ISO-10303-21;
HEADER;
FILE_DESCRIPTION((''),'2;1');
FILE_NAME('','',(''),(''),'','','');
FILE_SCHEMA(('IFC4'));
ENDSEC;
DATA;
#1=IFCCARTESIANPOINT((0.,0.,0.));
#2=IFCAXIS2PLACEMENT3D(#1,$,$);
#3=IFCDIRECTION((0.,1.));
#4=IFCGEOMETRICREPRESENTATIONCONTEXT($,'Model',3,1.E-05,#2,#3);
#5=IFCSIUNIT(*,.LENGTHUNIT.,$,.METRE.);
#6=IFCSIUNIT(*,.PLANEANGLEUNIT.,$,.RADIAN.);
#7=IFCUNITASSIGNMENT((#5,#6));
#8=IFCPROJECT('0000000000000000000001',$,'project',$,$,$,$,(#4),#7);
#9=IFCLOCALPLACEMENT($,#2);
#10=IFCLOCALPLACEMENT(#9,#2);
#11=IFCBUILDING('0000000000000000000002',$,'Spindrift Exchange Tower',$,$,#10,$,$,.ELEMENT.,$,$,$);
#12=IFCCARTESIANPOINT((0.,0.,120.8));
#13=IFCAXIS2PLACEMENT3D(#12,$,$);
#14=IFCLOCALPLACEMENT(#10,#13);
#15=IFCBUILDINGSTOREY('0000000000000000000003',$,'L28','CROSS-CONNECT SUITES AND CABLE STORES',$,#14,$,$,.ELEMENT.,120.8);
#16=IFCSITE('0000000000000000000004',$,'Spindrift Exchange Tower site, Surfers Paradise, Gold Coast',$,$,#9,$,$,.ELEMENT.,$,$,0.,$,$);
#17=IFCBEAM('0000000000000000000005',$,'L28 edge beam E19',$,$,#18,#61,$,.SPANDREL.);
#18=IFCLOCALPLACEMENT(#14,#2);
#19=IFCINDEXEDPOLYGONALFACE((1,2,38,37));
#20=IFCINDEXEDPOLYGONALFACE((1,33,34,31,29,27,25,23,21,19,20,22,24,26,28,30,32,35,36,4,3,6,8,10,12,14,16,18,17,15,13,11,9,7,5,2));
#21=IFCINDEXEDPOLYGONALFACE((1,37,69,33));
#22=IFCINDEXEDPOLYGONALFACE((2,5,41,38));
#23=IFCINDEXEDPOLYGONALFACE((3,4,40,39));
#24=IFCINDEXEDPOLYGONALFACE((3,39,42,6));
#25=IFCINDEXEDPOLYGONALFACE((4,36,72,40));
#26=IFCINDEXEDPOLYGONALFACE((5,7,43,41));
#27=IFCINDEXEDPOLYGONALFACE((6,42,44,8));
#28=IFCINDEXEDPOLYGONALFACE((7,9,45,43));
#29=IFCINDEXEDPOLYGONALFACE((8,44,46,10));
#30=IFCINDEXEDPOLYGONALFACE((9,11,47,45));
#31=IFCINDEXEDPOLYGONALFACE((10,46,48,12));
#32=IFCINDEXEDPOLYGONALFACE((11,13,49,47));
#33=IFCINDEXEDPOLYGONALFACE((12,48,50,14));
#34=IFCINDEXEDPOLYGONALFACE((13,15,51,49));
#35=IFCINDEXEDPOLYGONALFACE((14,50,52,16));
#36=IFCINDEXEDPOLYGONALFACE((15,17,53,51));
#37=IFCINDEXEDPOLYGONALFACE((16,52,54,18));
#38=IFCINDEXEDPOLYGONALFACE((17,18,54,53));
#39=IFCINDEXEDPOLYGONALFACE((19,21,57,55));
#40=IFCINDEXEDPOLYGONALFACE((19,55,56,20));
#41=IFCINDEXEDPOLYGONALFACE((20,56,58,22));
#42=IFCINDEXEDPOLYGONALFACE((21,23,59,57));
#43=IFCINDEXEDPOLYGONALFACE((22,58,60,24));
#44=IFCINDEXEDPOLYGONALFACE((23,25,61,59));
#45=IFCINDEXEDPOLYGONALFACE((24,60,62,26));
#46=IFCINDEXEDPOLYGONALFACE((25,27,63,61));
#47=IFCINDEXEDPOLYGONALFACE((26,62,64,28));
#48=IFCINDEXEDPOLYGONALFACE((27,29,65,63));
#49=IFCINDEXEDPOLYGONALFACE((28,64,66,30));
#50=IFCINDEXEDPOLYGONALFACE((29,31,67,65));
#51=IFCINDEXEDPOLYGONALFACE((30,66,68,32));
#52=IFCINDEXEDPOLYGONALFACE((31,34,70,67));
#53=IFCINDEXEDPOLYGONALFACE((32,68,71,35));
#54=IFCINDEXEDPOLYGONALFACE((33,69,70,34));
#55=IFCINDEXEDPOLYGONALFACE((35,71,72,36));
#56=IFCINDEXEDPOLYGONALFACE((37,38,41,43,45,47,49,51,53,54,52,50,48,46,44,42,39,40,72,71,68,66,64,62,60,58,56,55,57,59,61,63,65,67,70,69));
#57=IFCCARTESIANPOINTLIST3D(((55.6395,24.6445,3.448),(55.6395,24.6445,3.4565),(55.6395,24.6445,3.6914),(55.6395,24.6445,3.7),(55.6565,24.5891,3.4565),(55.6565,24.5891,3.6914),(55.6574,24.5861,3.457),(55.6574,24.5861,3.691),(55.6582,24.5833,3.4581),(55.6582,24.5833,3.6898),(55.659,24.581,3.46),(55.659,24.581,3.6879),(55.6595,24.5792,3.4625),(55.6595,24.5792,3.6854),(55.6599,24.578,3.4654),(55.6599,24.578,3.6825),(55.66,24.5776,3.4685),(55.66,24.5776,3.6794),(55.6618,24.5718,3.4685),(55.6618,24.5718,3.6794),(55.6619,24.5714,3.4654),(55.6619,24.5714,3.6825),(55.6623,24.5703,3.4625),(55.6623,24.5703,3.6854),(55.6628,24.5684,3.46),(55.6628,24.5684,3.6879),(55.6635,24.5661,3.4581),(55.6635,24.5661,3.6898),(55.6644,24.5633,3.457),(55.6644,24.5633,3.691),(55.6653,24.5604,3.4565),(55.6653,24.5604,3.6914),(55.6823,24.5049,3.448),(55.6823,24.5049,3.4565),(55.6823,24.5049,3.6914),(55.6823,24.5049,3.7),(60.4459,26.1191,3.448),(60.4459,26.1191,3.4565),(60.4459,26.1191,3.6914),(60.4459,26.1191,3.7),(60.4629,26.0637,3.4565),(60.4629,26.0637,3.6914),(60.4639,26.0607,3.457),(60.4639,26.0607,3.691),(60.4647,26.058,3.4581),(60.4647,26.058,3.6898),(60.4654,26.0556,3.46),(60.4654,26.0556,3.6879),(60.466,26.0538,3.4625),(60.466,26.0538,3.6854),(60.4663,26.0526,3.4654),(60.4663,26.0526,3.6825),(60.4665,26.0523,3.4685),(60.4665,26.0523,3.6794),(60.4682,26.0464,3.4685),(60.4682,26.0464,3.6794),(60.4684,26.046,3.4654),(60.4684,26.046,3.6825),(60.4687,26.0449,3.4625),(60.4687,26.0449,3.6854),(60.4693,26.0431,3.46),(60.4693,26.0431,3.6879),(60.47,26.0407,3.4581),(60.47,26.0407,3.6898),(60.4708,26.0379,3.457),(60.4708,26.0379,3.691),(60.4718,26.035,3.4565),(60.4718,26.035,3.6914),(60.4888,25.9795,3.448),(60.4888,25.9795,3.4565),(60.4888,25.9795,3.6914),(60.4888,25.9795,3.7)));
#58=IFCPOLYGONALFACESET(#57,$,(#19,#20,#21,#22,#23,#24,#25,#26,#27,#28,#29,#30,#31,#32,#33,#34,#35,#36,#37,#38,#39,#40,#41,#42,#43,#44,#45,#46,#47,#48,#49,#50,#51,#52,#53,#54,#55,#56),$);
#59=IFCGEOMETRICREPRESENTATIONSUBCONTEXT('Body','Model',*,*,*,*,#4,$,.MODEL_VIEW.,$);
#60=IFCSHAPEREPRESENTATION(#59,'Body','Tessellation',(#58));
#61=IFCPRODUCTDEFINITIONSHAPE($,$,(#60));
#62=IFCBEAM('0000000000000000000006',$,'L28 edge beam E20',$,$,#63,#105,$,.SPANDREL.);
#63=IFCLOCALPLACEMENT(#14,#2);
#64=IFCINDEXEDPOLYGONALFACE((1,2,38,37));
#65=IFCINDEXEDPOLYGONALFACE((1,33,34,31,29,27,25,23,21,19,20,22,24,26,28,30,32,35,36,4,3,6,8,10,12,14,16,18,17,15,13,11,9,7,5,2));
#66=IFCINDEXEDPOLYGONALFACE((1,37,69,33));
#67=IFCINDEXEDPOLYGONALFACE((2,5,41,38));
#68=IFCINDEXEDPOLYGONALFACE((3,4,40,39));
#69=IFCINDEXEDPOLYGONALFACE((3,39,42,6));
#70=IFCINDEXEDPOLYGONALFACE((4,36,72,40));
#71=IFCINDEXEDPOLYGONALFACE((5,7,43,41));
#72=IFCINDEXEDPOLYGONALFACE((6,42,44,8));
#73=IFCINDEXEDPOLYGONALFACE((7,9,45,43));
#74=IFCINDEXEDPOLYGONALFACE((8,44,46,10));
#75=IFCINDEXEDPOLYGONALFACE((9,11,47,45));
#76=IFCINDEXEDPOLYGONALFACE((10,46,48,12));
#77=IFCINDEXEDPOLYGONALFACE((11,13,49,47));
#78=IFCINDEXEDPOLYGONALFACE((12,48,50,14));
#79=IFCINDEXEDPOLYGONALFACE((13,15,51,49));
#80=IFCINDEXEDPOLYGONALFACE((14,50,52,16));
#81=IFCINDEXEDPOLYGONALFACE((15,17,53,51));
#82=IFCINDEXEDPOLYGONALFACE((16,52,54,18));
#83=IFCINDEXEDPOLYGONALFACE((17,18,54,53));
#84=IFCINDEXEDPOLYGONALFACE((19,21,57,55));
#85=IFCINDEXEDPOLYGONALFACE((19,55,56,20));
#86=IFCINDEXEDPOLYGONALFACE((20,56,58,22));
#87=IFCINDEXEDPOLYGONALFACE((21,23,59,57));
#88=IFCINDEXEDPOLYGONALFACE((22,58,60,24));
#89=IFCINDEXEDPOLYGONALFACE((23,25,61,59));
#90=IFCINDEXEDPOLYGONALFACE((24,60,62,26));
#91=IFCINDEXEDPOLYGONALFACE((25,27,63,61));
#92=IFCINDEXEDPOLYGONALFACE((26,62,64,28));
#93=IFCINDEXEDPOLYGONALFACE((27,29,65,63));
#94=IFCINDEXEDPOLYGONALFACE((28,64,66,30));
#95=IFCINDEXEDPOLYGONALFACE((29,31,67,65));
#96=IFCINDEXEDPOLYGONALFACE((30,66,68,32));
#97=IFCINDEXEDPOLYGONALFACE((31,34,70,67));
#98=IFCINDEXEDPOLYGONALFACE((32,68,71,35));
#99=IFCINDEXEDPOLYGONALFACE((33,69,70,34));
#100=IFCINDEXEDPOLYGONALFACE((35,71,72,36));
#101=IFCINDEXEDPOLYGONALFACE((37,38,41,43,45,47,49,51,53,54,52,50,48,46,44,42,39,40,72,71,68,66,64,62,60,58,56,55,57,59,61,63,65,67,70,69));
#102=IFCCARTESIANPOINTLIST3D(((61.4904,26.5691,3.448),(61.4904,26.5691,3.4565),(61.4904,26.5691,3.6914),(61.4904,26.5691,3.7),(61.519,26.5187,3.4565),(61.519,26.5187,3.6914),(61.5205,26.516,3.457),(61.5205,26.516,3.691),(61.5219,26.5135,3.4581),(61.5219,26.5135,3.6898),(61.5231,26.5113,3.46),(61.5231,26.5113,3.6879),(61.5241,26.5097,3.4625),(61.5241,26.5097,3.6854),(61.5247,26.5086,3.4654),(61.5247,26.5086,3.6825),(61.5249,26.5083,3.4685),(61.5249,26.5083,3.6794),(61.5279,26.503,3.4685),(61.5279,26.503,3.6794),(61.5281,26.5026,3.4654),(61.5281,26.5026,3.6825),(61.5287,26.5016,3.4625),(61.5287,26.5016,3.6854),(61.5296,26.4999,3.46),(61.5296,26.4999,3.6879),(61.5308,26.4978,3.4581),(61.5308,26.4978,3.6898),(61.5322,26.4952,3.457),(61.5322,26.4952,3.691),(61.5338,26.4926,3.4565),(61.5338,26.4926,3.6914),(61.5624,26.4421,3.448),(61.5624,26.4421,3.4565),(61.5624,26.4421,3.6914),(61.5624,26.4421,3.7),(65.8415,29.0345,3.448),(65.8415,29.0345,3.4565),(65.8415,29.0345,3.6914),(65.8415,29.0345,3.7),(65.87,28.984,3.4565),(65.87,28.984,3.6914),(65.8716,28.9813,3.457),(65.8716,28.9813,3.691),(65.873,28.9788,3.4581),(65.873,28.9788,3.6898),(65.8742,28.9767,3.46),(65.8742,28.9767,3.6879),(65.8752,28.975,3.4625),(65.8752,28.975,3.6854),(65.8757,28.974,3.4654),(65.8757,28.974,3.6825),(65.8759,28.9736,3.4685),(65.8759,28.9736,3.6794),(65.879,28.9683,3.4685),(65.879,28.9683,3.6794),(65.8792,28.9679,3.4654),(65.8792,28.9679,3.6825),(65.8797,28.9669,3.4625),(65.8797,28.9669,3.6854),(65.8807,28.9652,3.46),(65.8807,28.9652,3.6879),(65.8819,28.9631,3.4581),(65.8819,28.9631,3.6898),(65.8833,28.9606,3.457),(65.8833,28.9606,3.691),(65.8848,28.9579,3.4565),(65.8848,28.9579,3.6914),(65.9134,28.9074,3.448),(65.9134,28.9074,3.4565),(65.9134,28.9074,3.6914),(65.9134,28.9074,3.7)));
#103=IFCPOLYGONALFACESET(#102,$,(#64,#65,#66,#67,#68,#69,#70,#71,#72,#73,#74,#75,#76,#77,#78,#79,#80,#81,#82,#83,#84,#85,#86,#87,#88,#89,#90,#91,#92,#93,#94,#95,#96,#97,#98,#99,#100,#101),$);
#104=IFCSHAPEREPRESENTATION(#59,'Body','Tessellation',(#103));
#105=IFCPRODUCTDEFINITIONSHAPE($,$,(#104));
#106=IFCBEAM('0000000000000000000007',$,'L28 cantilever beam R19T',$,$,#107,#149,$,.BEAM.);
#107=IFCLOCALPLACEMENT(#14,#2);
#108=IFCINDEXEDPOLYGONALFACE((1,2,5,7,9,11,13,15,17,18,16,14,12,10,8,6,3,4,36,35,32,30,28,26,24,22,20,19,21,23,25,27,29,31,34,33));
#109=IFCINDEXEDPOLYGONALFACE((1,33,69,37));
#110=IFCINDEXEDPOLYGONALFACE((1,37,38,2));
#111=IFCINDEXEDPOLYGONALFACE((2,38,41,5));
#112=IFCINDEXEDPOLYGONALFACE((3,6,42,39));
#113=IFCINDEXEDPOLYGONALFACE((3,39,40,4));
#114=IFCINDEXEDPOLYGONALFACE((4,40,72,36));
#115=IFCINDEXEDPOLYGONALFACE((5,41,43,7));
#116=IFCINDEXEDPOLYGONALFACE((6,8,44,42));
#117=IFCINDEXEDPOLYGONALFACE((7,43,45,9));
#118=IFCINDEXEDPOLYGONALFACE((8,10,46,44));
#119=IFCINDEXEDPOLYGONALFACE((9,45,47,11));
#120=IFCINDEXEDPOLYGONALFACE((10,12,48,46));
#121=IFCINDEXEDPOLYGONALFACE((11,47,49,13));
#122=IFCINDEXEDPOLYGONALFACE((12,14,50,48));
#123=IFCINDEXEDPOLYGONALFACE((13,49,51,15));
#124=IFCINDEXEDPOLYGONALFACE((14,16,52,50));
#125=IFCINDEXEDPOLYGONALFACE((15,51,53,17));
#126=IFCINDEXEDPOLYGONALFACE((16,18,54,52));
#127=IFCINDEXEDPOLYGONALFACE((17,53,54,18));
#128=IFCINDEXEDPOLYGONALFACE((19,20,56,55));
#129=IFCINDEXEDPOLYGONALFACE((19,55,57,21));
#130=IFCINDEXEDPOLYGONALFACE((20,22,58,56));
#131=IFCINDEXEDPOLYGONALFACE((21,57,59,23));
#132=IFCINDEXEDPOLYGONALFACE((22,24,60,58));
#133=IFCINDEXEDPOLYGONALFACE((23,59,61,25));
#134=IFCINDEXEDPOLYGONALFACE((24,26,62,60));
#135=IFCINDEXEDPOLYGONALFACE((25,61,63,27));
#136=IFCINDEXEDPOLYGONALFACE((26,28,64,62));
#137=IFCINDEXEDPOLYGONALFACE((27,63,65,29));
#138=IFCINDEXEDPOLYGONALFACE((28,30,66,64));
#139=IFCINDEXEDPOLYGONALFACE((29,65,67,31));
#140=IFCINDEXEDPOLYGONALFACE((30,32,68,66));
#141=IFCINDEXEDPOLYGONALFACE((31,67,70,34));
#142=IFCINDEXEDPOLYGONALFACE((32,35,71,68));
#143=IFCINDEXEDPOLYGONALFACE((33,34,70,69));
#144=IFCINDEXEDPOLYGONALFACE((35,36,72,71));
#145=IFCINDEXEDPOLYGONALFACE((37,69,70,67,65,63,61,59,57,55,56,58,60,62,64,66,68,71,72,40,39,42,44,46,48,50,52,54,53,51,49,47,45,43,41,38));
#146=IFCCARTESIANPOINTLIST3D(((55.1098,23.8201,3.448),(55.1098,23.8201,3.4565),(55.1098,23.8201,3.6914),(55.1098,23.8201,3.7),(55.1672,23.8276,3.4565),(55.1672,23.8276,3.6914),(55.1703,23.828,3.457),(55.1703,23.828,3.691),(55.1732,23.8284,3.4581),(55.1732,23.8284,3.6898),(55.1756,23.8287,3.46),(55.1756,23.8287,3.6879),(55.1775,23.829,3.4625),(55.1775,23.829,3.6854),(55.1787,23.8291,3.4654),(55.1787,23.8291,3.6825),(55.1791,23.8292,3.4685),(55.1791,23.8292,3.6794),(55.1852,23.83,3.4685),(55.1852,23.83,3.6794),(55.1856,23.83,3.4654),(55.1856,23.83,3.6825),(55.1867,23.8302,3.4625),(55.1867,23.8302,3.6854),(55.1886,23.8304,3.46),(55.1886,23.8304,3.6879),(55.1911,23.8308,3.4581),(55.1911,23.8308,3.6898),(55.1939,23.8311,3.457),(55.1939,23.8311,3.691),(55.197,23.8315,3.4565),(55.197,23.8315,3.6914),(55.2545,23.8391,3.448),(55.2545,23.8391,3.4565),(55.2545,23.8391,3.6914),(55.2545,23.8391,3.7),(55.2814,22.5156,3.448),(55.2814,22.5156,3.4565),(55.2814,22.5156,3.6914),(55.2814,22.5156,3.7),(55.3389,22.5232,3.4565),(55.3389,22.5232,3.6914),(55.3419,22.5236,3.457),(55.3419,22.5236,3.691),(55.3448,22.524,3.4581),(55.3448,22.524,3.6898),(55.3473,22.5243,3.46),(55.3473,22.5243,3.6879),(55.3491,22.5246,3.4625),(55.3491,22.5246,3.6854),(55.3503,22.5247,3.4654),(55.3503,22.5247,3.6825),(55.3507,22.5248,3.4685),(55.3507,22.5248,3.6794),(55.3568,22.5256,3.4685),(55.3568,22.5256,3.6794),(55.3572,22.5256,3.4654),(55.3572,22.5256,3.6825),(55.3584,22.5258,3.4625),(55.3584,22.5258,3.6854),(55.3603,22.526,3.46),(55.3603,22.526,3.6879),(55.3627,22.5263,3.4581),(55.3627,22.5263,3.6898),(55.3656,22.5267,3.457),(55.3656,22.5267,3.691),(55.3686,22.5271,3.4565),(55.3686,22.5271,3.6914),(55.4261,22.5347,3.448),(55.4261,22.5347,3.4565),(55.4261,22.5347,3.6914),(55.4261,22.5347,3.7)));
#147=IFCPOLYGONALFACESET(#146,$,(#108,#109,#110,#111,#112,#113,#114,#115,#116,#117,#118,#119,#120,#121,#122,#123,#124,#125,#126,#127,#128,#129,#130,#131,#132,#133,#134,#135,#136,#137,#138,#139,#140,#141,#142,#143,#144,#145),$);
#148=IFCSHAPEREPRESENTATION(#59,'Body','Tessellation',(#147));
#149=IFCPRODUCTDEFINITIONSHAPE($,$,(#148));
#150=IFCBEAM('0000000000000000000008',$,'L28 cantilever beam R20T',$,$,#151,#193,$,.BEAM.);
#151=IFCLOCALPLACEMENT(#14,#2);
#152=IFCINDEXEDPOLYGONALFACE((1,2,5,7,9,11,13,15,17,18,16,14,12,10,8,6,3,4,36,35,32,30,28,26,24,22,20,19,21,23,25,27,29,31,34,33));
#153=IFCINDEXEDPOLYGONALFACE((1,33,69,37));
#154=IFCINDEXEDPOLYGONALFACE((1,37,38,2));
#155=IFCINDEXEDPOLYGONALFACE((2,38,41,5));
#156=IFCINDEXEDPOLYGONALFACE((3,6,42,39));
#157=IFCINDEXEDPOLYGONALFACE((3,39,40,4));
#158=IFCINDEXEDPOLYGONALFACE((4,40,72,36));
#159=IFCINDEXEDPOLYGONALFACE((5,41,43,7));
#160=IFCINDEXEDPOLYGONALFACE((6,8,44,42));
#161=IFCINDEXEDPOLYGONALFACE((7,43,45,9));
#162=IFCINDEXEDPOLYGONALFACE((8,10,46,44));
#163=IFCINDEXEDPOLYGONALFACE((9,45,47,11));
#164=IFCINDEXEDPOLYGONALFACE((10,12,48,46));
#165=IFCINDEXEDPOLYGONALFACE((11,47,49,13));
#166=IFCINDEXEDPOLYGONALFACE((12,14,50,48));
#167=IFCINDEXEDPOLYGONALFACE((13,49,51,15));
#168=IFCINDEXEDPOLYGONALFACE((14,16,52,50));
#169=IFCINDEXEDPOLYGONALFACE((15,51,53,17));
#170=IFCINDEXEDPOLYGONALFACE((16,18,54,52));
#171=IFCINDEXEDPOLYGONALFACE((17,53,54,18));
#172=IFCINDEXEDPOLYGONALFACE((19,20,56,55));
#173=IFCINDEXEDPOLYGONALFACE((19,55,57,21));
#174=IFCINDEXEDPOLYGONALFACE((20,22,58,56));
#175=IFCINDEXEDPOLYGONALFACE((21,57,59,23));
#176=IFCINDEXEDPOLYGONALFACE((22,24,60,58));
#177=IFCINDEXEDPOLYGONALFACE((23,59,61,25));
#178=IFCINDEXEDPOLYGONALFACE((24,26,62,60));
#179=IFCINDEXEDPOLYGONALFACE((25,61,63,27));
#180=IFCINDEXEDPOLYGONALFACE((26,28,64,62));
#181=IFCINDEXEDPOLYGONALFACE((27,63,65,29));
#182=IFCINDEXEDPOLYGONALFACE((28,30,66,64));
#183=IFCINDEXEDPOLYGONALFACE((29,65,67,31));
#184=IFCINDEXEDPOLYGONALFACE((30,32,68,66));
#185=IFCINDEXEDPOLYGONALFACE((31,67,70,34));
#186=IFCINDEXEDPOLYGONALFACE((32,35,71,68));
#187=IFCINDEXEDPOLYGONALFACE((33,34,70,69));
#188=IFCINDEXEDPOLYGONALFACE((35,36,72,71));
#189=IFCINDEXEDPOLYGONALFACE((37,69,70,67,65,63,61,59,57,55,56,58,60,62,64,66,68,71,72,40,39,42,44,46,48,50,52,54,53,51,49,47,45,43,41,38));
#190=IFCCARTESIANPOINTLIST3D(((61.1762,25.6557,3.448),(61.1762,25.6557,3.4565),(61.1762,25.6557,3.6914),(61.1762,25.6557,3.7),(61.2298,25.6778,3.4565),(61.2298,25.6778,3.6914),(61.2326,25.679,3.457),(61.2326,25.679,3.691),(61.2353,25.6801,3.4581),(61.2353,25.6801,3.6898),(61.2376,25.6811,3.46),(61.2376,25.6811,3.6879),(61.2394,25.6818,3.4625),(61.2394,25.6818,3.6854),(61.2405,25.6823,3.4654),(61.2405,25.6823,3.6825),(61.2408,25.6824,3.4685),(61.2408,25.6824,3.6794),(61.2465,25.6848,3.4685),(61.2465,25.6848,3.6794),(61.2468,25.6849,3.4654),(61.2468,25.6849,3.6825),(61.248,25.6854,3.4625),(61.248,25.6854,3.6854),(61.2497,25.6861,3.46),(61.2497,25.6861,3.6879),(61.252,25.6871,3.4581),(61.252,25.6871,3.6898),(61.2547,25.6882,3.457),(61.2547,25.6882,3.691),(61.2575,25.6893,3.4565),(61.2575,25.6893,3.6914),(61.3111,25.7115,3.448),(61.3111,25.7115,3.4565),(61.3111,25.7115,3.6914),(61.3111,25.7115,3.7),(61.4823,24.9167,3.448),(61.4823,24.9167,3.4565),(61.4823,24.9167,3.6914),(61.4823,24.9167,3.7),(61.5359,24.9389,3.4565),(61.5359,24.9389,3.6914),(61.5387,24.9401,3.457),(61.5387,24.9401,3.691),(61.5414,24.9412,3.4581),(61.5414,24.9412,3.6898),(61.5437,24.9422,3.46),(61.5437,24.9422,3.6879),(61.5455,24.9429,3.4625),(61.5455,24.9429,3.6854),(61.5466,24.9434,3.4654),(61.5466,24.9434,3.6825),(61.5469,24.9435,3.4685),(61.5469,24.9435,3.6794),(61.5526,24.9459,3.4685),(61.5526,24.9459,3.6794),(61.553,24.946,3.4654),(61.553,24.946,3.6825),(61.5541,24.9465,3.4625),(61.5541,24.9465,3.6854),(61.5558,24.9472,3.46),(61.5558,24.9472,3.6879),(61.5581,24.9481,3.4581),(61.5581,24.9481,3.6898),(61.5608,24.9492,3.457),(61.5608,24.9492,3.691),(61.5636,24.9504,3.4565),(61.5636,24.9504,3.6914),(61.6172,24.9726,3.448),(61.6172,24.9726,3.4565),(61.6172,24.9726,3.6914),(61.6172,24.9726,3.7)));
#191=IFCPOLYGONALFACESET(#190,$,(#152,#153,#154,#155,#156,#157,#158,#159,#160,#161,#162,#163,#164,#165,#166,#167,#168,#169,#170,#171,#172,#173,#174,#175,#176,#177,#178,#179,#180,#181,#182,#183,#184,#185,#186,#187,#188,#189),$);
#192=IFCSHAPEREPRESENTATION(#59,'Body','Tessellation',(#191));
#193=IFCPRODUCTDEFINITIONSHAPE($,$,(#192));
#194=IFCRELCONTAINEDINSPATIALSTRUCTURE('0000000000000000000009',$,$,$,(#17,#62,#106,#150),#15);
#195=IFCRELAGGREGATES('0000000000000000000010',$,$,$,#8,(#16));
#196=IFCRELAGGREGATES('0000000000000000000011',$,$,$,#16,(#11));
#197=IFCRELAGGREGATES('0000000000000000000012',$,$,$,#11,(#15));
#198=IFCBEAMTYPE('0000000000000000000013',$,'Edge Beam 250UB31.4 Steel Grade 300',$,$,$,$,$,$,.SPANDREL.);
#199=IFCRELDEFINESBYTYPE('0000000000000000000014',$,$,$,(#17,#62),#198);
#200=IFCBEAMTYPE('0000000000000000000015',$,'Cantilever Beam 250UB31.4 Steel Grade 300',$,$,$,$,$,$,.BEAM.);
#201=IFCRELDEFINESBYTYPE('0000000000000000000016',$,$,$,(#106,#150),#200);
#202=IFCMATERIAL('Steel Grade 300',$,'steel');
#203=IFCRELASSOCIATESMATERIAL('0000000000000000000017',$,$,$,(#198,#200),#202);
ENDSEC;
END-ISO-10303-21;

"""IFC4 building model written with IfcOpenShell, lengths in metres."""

from ifc_helpers import new_model, si_unit, direction, frame, origin, origin_2d, place, context, subcontext, project, spatial, i_section, extrude, source, transform, mapped, material, material_profile, profile_set, type_object, element, save


model = new_model("IFC4")

# Units and contexts
model_context = context("Model", 3, precision=1e-05, world=origin(), true_north=direction((0.0, 1.0)))
body_context = subcontext(model_context, "Body", "Model", "MODEL_VIEW")
ifc_project = project(units=[si_unit("LENGTHUNIT", "METRE"), si_unit("PLANEANGLEUNIT", "RADIAN")], contexts=[model_context])

# Site, building, storey
site_placement = place(None, origin())
site = spatial("IfcSite", under=ifc_project, at=site_placement, Name="Spindrift Exchange Tower site, Surfers Paradise, Gold Coast", CompositionType="ELEMENT", RefElevation=0.0)
building_placement = place(site_placement, origin())
building = spatial("IfcBuilding", under=site, at=building_placement, Name="Spindrift Exchange Tower", CompositionType="ELEMENT")
storey_placement = place(building_placement, frame((0.0, 0.0, 120.8)))
storey = spatial("IfcBuildingStorey", under=building, at=storey_placement, Name="L28", Description="CROSS-CONNECT SUITES AND CABLE STORES", CompositionType="ELEMENT", Elevation=120.8)

# Beams
ifc_material_1 = material(Name="Steel Grade 300", Category="steel")
ifc_material_profile_1 = material_profile(ifc_material_1, i_section(OverallWidth=0.146, OverallDepth=0.252, WebThickness=0.0061, FlangeThickness=0.0085, FilletRadius=0.012, at=origin_2d()), Name="250UB31.4")
ifc_profile_set_1 = profile_set([ifc_material_profile_1], Name="Steel Grade 300")
beam_type_1 = type_object("IfcBeamType", Name="Edge Beam 250UB31.4 Steel Grade 300", PredefinedType="SPANDREL", material=ifc_profile_set_1)
shared_shape_1 = source(origin(), body_context, "Body", "SweptSolid", [
    extrude(i_section(OverallWidth=0.146, OverallDepth=0.252, WebThickness=0.0061, FlangeThickness=0.0085, FilletRadius=0.012, at=origin_2d()), origin(), (0.0, 0.0, 1.0), 5.0276),
])
beam_1_placement = place(storey_placement, frame((55.6609, 24.5747, 3.574), z_axis=(0.956018, 0.293308, 0.0), x_axis=(-0.293308, 0.956018, 0.0)))
element("IfcBeam", 1, at=beam_1_placement, inside=storey, type_object=beam_type_1, Name="L28 edge beam E19", PredefinedType="SPANDREL", context=body_context, shape_type="MappedRepresentation", body=[
    mapped(shared_shape_1, transform((0.0, 0.0, 0.0), scale=1.0)),
])
shared_shape_2 = source(origin(), body_context, "Body", "SweptSolid", [
    extrude(i_section(OverallWidth=0.146, OverallDepth=0.252, WebThickness=0.0061, FlangeThickness=0.0085, FilletRadius=0.012, at=origin_2d()), origin(), (0.0, 0.0, 1.0), 5.001),
])
beam_2_placement = place(storey_placement, frame((61.5264, 26.5056, 3.574), z_axis=(0.870046, 0.492971, 0.0), x_axis=(-0.492971, 0.870046, 0.0)))
element("IfcBeam", 2, at=beam_2_placement, inside=storey, type_object=beam_type_1, Name="L28 edge beam E20", PredefinedType="SPANDREL", context=body_context, shape_type="MappedRepresentation", body=[
    mapped(shared_shape_2, transform((0.0, 0.0, 0.0), scale=1.0)),
])
ifc_material_profile_2 = material_profile(ifc_material_1, i_section(OverallWidth=0.146, OverallDepth=0.252, WebThickness=0.0061, FlangeThickness=0.0085, FilletRadius=0.012, at=origin_2d()), Name="250UB31.4")
ifc_profile_set_2 = profile_set([ifc_material_profile_2], Name="Steel Grade 300")
beam_type_2 = type_object("IfcBeamType", Name="Cantilever Beam 250UB31.4 Steel Grade 300", PredefinedType="BEAM", material=ifc_profile_set_2)
shared_shape_3 = source(origin(), body_context, "Body", "SweptSolid", [
    extrude(i_section(OverallWidth=0.146, OverallDepth=0.252, WebThickness=0.0061, FlangeThickness=0.0085, FilletRadius=0.012, at=origin_2d()), origin(), (0.0, 0.0, 1.0), 1.3157),
])
beam_3_placement = place(storey_placement, frame((55.1821, 23.8296, 3.574), z_axis=(0.13045, -0.991455, 0.0), x_axis=(0.991455, 0.13045, 0.0)))
element("IfcBeam", 3, at=beam_3_placement, inside=storey, type_object=beam_type_2, Name="L28 cantilever beam R19T", PredefinedType="BEAM", context=body_context, shape_type="MappedRepresentation", body=[
    mapped(shared_shape_3, transform((0.0, 0.0, 0.0), scale=1.0)),
])
shared_shape_4 = source(origin(), body_context, "Body", "SweptSolid", [
    extrude(i_section(OverallWidth=0.146, OverallDepth=0.252, WebThickness=0.0061, FlangeThickness=0.0085, FilletRadius=0.012, at=origin_2d()), origin(), (0.0, 0.0, 1.0), 0.7998),
])
beam_4_placement = place(storey_placement, frame((61.2437, 25.6836, 3.574), z_axis=(0.382729, -0.923861, 0.0), x_axis=(0.923861, 0.382729, 0.0)))
element("IfcBeam", 4, at=beam_4_placement, inside=storey, type_object=beam_type_2, Name="L28 cantilever beam R20T", PredefinedType="BEAM", context=body_context, shape_type="MappedRepresentation", body=[
    mapped(shared_shape_4, transform((0.0, 0.0, 0.0), scale=1.0)),
])

save(model, "model.ifc")
